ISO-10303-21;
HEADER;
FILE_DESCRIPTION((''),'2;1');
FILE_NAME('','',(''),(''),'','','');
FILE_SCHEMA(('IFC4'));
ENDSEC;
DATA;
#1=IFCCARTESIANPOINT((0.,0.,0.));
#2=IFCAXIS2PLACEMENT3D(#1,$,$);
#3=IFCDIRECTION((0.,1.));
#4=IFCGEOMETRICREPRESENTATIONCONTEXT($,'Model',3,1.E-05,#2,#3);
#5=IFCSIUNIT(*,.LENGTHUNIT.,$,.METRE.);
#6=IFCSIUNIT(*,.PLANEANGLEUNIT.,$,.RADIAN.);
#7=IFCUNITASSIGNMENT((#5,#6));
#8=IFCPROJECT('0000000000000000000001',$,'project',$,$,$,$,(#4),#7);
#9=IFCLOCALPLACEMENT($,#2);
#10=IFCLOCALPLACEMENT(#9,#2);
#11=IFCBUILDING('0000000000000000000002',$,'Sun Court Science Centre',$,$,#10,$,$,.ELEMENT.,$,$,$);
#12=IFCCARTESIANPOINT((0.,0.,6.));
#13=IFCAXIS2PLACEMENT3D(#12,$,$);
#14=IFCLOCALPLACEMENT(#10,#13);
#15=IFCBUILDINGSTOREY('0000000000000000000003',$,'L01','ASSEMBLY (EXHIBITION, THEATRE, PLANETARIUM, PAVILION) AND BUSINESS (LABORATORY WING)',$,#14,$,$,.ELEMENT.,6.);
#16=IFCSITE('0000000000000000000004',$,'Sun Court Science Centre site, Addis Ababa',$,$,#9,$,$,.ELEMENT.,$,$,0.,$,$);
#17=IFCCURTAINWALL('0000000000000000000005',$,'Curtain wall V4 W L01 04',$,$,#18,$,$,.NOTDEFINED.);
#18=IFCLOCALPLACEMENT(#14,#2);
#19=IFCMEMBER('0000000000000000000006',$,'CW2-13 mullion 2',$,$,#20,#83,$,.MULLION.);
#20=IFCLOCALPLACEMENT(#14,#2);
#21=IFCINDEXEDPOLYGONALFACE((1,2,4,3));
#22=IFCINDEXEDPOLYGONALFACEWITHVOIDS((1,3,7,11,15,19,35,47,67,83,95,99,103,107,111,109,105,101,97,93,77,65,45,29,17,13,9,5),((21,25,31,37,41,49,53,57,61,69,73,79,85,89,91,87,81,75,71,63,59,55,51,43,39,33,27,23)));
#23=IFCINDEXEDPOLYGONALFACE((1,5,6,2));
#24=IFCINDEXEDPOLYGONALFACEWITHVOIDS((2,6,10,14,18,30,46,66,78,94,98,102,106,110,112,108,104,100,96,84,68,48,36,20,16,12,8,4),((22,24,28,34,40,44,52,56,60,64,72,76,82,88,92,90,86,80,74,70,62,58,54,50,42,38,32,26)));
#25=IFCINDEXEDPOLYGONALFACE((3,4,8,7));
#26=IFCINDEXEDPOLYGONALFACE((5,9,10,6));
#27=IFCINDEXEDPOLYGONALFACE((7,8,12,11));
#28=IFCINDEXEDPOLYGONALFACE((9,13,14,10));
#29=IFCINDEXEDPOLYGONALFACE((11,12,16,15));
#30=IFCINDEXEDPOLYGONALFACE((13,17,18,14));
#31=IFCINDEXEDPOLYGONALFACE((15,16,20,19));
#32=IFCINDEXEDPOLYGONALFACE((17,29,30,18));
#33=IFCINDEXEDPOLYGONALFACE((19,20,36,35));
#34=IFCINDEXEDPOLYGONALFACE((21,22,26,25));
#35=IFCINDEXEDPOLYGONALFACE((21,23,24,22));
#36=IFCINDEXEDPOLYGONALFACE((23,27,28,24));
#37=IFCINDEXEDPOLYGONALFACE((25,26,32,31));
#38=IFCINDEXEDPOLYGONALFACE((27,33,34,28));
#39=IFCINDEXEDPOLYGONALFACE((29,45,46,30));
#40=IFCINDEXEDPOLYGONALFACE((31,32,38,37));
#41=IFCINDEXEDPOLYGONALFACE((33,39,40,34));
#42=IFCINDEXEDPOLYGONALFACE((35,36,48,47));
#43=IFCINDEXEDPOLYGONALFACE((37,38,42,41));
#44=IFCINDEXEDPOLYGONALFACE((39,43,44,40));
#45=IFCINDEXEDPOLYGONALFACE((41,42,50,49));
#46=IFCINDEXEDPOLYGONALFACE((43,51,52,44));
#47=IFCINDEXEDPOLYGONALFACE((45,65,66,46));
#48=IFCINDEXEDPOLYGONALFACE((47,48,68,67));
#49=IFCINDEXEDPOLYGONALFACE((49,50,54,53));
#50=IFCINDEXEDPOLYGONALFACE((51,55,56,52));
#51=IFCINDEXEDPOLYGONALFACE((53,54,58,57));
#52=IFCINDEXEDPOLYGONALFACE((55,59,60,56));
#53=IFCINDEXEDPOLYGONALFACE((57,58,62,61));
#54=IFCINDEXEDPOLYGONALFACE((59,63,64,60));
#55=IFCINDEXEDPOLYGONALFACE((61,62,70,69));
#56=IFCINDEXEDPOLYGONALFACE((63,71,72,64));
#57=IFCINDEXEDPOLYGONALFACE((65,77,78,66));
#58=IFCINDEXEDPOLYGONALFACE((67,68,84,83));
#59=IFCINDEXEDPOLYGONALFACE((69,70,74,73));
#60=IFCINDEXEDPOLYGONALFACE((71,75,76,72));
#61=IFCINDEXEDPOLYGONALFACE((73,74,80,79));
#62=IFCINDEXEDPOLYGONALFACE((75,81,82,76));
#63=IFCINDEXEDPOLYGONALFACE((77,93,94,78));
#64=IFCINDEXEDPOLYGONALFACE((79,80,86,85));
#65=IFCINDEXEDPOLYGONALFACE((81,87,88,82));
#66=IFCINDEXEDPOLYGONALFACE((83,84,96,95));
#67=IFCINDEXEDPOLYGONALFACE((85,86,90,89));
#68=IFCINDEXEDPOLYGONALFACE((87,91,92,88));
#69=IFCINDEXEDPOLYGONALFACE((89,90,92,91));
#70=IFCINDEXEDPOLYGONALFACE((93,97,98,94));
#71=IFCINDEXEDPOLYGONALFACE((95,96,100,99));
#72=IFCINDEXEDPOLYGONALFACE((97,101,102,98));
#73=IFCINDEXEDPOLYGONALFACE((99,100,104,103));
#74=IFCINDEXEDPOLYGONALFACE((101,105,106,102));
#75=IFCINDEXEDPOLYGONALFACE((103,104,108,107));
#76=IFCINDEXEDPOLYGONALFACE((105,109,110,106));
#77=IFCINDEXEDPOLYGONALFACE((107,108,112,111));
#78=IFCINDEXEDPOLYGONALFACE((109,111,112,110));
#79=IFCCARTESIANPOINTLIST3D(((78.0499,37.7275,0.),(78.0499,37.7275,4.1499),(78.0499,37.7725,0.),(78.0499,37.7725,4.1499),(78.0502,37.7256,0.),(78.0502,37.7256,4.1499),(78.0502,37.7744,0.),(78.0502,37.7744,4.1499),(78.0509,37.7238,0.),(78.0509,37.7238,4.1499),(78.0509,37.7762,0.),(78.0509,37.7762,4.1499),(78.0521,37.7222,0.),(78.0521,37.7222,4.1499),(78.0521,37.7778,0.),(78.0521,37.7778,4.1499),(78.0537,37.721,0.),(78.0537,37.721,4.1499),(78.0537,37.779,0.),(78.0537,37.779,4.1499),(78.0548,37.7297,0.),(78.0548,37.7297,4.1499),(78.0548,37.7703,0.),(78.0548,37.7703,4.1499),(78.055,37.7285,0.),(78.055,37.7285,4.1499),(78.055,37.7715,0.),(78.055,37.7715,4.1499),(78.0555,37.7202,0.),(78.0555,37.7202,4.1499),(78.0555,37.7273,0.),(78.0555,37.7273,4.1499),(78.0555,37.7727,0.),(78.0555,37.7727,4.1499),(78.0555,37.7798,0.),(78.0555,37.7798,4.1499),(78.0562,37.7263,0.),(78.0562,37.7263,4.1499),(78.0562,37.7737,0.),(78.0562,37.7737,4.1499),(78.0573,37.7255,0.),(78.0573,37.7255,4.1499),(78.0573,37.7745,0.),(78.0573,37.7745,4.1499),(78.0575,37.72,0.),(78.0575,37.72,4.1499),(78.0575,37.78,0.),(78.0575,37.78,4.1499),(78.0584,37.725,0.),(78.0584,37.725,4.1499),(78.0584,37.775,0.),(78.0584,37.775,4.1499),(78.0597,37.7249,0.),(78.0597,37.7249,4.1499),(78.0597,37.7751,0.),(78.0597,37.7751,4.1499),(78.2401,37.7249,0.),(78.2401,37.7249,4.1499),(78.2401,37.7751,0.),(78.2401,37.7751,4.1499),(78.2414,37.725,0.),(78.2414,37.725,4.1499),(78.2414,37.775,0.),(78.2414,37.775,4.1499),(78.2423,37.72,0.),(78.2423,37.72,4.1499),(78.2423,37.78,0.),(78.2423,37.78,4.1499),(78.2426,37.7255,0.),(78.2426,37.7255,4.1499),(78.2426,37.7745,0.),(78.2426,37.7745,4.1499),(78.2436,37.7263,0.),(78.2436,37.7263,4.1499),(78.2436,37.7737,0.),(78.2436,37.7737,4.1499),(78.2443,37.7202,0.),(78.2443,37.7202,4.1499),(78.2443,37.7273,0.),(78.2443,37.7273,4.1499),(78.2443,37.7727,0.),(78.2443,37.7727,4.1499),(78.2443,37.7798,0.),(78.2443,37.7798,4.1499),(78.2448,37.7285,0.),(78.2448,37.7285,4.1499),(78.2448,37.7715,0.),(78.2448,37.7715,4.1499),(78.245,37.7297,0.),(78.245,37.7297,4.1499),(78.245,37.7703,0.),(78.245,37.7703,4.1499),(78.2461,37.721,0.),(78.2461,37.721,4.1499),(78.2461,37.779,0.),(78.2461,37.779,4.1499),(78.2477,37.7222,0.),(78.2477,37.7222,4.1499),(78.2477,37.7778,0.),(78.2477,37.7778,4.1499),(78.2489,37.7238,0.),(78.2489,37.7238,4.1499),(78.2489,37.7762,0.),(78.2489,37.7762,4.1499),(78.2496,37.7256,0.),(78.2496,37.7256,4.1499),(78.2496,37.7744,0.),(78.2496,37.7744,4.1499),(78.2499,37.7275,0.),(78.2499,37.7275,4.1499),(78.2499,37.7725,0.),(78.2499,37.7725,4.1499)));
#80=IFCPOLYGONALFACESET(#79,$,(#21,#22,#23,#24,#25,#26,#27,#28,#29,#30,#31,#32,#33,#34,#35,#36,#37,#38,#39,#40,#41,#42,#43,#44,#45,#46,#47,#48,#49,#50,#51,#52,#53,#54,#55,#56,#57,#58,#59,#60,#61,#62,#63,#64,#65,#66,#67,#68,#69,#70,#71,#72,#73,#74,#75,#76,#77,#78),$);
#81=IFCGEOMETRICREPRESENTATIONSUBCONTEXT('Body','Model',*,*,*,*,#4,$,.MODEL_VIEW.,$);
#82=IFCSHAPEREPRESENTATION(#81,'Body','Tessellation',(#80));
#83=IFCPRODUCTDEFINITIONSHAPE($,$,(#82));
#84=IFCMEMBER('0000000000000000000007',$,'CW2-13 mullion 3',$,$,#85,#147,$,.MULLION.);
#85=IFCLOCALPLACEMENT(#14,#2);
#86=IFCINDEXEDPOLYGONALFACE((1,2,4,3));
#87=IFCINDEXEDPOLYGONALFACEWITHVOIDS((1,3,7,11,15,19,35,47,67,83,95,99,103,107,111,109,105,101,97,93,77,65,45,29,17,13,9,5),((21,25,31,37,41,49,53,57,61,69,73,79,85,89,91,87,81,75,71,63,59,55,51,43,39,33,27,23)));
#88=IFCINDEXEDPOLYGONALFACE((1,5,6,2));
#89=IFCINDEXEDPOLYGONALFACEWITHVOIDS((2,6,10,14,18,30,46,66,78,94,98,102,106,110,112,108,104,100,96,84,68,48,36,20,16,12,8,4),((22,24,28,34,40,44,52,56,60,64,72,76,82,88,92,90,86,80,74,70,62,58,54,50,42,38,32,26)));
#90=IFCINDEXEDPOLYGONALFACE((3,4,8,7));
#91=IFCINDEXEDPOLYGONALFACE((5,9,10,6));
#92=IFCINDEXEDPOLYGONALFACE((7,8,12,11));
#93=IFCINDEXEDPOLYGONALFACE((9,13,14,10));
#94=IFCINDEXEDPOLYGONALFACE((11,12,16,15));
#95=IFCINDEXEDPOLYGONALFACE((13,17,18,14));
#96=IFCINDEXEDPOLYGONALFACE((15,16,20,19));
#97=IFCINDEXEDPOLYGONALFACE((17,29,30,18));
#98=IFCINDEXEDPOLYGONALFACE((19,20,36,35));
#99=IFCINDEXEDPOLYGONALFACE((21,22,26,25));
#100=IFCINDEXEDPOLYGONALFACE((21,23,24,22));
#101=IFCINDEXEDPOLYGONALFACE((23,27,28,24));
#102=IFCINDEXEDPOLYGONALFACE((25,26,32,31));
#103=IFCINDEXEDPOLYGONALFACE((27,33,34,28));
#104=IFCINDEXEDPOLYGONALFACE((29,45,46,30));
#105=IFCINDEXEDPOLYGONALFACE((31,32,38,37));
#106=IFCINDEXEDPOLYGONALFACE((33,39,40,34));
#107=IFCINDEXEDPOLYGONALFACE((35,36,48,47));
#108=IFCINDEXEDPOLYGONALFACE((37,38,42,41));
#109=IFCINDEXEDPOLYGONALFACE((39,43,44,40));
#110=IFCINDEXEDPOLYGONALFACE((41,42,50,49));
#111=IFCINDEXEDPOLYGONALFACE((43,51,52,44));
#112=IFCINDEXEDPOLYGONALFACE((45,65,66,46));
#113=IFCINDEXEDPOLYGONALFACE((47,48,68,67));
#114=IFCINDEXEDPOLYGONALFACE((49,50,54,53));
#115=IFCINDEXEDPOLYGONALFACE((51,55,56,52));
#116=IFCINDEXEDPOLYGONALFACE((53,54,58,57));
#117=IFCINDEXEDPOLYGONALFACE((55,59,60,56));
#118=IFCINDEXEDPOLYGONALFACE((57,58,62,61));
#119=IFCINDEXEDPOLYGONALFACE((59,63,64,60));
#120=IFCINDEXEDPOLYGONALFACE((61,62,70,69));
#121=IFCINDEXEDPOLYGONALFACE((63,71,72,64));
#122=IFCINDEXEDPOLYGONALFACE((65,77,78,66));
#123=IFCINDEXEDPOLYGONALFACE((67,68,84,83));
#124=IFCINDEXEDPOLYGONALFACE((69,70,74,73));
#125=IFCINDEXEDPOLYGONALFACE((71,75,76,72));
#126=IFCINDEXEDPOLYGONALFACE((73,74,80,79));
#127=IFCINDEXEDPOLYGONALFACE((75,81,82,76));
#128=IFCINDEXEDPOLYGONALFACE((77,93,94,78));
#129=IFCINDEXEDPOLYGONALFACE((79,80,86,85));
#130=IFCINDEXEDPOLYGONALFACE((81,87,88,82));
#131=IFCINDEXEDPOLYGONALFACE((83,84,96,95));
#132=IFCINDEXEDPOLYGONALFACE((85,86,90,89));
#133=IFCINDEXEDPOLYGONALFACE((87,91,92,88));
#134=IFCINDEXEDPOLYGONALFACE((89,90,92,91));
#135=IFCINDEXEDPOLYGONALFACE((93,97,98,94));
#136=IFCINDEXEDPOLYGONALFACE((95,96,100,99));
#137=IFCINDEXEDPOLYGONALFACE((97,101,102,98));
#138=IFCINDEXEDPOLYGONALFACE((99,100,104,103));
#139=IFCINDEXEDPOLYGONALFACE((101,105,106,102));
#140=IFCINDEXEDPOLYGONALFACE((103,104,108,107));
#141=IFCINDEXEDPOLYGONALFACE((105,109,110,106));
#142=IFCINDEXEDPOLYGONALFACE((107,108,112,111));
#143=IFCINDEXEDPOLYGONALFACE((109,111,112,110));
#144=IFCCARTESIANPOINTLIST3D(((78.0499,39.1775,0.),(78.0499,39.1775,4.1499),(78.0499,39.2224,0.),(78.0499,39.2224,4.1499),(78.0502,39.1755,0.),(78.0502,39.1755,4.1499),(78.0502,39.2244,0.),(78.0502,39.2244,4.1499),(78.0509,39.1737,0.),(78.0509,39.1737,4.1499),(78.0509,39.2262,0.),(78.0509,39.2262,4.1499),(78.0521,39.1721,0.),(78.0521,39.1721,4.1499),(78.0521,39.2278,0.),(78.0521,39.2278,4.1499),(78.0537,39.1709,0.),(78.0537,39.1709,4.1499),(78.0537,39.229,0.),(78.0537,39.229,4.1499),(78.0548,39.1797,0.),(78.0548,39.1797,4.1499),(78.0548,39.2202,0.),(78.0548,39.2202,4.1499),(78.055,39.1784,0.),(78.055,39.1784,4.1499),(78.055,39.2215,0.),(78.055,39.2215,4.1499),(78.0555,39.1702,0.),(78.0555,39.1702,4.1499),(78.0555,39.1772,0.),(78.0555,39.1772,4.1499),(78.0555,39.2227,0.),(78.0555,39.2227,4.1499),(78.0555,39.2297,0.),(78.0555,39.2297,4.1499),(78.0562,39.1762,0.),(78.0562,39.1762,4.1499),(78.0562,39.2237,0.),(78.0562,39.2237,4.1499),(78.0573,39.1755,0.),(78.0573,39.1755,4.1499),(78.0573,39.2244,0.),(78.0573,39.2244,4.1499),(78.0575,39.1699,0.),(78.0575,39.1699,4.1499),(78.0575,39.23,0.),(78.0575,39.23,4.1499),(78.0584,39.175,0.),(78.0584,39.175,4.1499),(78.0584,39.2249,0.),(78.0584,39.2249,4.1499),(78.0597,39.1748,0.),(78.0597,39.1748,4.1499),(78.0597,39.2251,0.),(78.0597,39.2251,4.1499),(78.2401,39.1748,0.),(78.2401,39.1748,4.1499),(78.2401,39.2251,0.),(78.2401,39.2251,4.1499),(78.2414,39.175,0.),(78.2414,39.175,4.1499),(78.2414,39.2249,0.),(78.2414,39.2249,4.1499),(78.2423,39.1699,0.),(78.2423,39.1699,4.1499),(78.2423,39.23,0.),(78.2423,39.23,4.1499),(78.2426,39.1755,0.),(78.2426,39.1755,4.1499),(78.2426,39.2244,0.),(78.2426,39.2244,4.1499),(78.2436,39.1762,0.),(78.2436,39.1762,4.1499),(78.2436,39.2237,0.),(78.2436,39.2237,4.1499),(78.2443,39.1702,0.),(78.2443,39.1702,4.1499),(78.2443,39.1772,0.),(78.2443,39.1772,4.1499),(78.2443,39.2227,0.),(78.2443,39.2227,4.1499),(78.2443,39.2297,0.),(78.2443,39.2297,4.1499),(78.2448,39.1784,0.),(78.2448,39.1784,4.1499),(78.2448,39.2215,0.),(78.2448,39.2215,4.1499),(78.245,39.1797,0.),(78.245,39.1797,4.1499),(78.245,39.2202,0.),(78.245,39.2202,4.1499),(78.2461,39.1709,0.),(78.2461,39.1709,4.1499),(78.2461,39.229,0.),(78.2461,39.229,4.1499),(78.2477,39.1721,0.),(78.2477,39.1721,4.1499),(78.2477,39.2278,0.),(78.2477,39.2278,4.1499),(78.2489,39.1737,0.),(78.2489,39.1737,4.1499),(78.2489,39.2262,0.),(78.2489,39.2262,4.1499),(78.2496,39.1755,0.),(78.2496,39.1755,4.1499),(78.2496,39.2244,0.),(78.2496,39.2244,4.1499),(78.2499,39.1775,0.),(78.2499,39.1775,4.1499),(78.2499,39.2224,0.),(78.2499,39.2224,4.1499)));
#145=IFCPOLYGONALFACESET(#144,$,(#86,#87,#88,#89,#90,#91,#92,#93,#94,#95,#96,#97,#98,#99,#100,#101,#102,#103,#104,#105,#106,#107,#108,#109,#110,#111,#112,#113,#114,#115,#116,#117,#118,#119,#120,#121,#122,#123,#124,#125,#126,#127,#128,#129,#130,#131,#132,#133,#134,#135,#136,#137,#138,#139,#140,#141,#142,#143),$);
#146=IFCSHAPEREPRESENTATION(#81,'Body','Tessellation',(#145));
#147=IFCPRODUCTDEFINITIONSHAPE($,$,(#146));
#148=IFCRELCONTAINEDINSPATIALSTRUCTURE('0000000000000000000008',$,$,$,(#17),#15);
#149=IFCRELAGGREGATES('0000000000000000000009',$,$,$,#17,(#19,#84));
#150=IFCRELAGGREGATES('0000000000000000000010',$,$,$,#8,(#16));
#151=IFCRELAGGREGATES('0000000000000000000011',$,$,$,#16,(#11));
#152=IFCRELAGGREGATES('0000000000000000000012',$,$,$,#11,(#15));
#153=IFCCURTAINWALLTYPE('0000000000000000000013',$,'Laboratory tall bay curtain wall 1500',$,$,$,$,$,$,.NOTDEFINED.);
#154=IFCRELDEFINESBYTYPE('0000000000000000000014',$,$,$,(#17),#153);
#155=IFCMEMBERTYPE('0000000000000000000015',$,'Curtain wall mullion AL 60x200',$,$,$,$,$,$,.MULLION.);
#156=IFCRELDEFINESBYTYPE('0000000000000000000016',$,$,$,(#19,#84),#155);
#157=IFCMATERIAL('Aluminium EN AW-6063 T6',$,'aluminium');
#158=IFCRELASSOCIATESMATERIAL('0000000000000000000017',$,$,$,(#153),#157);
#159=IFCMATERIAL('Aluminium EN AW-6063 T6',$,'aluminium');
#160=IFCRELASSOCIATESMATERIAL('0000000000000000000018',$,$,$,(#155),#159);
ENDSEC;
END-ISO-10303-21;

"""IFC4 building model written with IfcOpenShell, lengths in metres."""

from ifc_helpers import new_model, si_unit, direction, frame, origin, origin_2d, place, context, subcontext, project, spatial, hollow_rectangle, extrude, material, material_profile, profile_set, type_object, element, aggregate, save


model = new_model("IFC4")

# Units and contexts
model_context = context("Model", 3, precision=1e-05, world=origin(), true_north=direction((0.0, 1.0)))
body_context = subcontext(model_context, "Body", "Model", "MODEL_VIEW")
ifc_project = project(units=[si_unit("LENGTHUNIT", "METRE"), si_unit("PLANEANGLEUNIT", "RADIAN")], contexts=[model_context])

# Site, building, storey
site_placement = place(None, origin())
site = spatial("IfcSite", under=ifc_project, at=site_placement, Name="Sun Court Science Centre site, Addis Ababa", CompositionType="ELEMENT", RefElevation=0.0)
building_placement = place(site_placement, origin())
building = spatial("IfcBuilding", under=site, at=building_placement, Name="Sun Court Science Centre", CompositionType="ELEMENT")
storey_placement = place(building_placement, frame((0.0, 0.0, 6.0)))
storey = spatial("IfcBuildingStorey", under=building, at=storey_placement, Name="L01", Description="ASSEMBLY (EXHIBITION, THEATRE, PLANETARIUM, PAVILION) AND BUSINESS (LABORATORY WING)", CompositionType="ELEMENT", Elevation=6.0)

# Shared definitions
ifc_material_1 = material(Name="Aluminium EN AW-6063 T6", Category="aluminium")
curtain_wall_type = type_object("IfcCurtainWallType", Name="Laboratory tall bay curtain wall 1500", PredefinedType="NOTDEFINED", material=ifc_material_1)
ifc_material_2 = material(Name="Aluminium EN AW-6063 T6", Category="aluminium")
ifc_material_profile_1 = material_profile(ifc_material_2, hollow_rectangle(XDim=0.0601, YDim=0.2, WallThickness=0.0049, InnerFilletRadius=0.0049, OuterFilletRadius=0.0076, at=origin_2d()), Name="AL 60x200x5")
ifc_profile_set_1 = profile_set([ifc_material_profile_1], Name="Aluminium EN AW-6063 T6")
member_type_1 = type_object("IfcMemberType", Name="Curtain wall mullion AL 60x200", PredefinedType="MULLION", material=ifc_profile_set_1)

# Curtain wall, members
curtain_wall_1_placement = place(storey_placement, origin())
curtain_wall_1 = element("IfcCurtainWall", 1, at=curtain_wall_1_placement, inside=storey, type_object=curtain_wall_type, Name="Curtain wall V4 W L01 04", PredefinedType="NOTDEFINED")
member_1_placement = place(storey_placement, frame((78.1499, 37.75, 0.0), z_axis=(0.0, 0.0, 1.0), x_axis=(0.0, 1.0, 0.0)))
member_1 = element("IfcMember", 2, at=member_1_placement, type_object=member_type_1, Name="CW2-13 mullion 2", PredefinedType="MULLION", context=body_context, shape_type="SweptSolid", body=[
    extrude(hollow_rectangle(XDim=0.0601, YDim=0.2, WallThickness=0.0049, InnerFilletRadius=0.0049, OuterFilletRadius=0.0076, at=origin_2d()), origin(), (0.0, 0.0, 1.0), 4.1499),
])
member_2_placement = place(storey_placement, frame((78.1499, 39.2, 0.0), z_axis=(0.0, 0.0, 1.0), x_axis=(0.0, 1.0, 0.0)))
member_2 = element("IfcMember", 3, at=member_2_placement, type_object=member_type_1, Name="CW2-13 mullion 3", PredefinedType="MULLION", context=body_context, shape_type="SweptSolid", body=[
    extrude(hollow_rectangle(XDim=0.0601, YDim=0.2, WallThickness=0.0049, InnerFilletRadius=0.0049, OuterFilletRadius=0.0076, at=origin_2d()), origin(), (0.0, 0.0, 1.0), 4.1499),
])

aggregate(curtain_wall_1, [member_1, member_2])

save(model, "model.ifc")
